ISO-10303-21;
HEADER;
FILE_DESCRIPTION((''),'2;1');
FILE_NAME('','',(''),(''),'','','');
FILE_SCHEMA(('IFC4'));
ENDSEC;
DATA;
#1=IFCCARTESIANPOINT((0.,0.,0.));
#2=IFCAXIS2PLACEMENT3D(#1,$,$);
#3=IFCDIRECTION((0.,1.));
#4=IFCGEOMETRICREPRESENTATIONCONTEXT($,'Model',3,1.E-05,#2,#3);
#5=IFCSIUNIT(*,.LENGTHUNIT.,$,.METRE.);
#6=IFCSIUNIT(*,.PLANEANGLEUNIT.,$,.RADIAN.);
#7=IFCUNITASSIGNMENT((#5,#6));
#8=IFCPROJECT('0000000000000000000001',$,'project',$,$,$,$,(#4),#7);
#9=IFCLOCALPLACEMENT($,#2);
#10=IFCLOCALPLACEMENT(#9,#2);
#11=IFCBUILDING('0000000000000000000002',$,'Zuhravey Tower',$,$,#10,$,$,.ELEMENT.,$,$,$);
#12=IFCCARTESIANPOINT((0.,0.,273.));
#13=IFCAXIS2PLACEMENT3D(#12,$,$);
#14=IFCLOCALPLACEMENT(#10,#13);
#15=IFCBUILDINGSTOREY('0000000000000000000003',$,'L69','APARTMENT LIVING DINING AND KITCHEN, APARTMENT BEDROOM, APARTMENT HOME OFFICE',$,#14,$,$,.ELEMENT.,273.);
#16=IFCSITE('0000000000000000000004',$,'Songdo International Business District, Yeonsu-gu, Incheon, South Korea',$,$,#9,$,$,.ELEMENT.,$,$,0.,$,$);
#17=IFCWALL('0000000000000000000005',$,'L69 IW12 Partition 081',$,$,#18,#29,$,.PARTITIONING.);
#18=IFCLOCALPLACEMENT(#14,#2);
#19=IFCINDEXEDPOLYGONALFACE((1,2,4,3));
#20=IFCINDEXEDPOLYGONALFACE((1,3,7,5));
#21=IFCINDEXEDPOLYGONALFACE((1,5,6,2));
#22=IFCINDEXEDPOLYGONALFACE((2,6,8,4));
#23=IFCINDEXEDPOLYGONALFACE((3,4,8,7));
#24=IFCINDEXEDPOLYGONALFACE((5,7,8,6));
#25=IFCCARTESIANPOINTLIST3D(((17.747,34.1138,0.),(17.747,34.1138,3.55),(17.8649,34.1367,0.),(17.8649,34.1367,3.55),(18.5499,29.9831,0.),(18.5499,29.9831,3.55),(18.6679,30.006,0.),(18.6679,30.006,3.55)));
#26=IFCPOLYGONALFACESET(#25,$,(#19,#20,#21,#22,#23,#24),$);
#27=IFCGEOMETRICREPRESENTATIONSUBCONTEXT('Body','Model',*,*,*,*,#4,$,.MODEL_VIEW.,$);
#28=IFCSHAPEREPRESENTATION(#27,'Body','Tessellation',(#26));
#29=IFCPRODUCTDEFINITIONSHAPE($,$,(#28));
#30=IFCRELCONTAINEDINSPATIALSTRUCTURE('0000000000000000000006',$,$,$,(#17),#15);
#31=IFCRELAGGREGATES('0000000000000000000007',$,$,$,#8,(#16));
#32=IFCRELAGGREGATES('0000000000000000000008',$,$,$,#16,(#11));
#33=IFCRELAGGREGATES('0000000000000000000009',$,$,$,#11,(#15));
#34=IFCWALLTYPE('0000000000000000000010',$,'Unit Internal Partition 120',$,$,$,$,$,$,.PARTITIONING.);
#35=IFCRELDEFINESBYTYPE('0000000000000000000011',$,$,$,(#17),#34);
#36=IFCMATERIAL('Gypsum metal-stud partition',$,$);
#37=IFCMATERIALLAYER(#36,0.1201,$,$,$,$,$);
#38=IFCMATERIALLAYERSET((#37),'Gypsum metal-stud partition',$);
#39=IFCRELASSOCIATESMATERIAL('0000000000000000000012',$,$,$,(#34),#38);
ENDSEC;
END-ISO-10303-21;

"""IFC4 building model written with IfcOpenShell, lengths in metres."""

from ifc_helpers import new_model, si_unit, direction, frame, frame_2d, origin, place, context, subcontext, project, spatial, rectangle, extrude, material, layer, layer_set, type_object, element, save


model = new_model("IFC4")

# Units and contexts
model_context = context("Model", 3, precision=1e-05, world=origin(), true_north=direction((0.0, 1.0)))
body_context = subcontext(model_context, "Body", "Model", "MODEL_VIEW")
ifc_project = project(units=[si_unit("LENGTHUNIT", "METRE"), si_unit("PLANEANGLEUNIT", "RADIAN")], contexts=[model_context])

# Site, building, storey
site_placement = place(None, origin())
site = spatial("IfcSite", under=ifc_project, at=site_placement, Name="Songdo International Business District, Yeonsu-gu, Incheon, South Korea", CompositionType="ELEMENT", RefElevation=0.0)
building_placement = place(site_placement, origin())
building = spatial("IfcBuilding", under=site, at=building_placement, Name="Zuhravey Tower", CompositionType="ELEMENT")
storey_placement = place(building_placement, frame((0.0, 0.0, 273.0)))
storey = spatial("IfcBuildingStorey", under=building, at=storey_placement, Name="L69", Description="APARTMENT LIVING DINING AND KITCHEN, APARTMENT BEDROOM, APARTMENT HOME OFFICE", CompositionType="ELEMENT", Elevation=273.0)

# Shared definitions
ifc_material_1 = material(Name="Gypsum metal-stud partition")
ifc_layer_1 = layer(ifc_material_1, 0.1201)
ifc_layer_set_1 = layer_set([ifc_layer_1], Name="Gypsum metal-stud partition")
wall_type_1 = type_object("IfcWallType", Name="Unit Internal Partition 120", PredefinedType="PARTITIONING", material=ifc_layer_set_1)

# Wall
wall_1_placement = place(storey_placement, frame((17.8059, 34.1252, 0.0), z_axis=(0.0, 0.0, 1.0), x_axis=(0.190825, -0.981624, 0.0)))
element("IfcWall", 1, at=wall_1_placement, inside=storey, type_object=wall_type_1, Name="L69 IW12 Partition 081", PredefinedType="PARTITIONING", context=body_context, shape_type="SweptSolid", body=[
    extrude(rectangle(XDim=4.208, YDim=0.1201, at=frame_2d((2.104, 0.0))), origin(), (0.0, 0.0, 1.0), 3.55),
])

save(model, "model.ifc")
